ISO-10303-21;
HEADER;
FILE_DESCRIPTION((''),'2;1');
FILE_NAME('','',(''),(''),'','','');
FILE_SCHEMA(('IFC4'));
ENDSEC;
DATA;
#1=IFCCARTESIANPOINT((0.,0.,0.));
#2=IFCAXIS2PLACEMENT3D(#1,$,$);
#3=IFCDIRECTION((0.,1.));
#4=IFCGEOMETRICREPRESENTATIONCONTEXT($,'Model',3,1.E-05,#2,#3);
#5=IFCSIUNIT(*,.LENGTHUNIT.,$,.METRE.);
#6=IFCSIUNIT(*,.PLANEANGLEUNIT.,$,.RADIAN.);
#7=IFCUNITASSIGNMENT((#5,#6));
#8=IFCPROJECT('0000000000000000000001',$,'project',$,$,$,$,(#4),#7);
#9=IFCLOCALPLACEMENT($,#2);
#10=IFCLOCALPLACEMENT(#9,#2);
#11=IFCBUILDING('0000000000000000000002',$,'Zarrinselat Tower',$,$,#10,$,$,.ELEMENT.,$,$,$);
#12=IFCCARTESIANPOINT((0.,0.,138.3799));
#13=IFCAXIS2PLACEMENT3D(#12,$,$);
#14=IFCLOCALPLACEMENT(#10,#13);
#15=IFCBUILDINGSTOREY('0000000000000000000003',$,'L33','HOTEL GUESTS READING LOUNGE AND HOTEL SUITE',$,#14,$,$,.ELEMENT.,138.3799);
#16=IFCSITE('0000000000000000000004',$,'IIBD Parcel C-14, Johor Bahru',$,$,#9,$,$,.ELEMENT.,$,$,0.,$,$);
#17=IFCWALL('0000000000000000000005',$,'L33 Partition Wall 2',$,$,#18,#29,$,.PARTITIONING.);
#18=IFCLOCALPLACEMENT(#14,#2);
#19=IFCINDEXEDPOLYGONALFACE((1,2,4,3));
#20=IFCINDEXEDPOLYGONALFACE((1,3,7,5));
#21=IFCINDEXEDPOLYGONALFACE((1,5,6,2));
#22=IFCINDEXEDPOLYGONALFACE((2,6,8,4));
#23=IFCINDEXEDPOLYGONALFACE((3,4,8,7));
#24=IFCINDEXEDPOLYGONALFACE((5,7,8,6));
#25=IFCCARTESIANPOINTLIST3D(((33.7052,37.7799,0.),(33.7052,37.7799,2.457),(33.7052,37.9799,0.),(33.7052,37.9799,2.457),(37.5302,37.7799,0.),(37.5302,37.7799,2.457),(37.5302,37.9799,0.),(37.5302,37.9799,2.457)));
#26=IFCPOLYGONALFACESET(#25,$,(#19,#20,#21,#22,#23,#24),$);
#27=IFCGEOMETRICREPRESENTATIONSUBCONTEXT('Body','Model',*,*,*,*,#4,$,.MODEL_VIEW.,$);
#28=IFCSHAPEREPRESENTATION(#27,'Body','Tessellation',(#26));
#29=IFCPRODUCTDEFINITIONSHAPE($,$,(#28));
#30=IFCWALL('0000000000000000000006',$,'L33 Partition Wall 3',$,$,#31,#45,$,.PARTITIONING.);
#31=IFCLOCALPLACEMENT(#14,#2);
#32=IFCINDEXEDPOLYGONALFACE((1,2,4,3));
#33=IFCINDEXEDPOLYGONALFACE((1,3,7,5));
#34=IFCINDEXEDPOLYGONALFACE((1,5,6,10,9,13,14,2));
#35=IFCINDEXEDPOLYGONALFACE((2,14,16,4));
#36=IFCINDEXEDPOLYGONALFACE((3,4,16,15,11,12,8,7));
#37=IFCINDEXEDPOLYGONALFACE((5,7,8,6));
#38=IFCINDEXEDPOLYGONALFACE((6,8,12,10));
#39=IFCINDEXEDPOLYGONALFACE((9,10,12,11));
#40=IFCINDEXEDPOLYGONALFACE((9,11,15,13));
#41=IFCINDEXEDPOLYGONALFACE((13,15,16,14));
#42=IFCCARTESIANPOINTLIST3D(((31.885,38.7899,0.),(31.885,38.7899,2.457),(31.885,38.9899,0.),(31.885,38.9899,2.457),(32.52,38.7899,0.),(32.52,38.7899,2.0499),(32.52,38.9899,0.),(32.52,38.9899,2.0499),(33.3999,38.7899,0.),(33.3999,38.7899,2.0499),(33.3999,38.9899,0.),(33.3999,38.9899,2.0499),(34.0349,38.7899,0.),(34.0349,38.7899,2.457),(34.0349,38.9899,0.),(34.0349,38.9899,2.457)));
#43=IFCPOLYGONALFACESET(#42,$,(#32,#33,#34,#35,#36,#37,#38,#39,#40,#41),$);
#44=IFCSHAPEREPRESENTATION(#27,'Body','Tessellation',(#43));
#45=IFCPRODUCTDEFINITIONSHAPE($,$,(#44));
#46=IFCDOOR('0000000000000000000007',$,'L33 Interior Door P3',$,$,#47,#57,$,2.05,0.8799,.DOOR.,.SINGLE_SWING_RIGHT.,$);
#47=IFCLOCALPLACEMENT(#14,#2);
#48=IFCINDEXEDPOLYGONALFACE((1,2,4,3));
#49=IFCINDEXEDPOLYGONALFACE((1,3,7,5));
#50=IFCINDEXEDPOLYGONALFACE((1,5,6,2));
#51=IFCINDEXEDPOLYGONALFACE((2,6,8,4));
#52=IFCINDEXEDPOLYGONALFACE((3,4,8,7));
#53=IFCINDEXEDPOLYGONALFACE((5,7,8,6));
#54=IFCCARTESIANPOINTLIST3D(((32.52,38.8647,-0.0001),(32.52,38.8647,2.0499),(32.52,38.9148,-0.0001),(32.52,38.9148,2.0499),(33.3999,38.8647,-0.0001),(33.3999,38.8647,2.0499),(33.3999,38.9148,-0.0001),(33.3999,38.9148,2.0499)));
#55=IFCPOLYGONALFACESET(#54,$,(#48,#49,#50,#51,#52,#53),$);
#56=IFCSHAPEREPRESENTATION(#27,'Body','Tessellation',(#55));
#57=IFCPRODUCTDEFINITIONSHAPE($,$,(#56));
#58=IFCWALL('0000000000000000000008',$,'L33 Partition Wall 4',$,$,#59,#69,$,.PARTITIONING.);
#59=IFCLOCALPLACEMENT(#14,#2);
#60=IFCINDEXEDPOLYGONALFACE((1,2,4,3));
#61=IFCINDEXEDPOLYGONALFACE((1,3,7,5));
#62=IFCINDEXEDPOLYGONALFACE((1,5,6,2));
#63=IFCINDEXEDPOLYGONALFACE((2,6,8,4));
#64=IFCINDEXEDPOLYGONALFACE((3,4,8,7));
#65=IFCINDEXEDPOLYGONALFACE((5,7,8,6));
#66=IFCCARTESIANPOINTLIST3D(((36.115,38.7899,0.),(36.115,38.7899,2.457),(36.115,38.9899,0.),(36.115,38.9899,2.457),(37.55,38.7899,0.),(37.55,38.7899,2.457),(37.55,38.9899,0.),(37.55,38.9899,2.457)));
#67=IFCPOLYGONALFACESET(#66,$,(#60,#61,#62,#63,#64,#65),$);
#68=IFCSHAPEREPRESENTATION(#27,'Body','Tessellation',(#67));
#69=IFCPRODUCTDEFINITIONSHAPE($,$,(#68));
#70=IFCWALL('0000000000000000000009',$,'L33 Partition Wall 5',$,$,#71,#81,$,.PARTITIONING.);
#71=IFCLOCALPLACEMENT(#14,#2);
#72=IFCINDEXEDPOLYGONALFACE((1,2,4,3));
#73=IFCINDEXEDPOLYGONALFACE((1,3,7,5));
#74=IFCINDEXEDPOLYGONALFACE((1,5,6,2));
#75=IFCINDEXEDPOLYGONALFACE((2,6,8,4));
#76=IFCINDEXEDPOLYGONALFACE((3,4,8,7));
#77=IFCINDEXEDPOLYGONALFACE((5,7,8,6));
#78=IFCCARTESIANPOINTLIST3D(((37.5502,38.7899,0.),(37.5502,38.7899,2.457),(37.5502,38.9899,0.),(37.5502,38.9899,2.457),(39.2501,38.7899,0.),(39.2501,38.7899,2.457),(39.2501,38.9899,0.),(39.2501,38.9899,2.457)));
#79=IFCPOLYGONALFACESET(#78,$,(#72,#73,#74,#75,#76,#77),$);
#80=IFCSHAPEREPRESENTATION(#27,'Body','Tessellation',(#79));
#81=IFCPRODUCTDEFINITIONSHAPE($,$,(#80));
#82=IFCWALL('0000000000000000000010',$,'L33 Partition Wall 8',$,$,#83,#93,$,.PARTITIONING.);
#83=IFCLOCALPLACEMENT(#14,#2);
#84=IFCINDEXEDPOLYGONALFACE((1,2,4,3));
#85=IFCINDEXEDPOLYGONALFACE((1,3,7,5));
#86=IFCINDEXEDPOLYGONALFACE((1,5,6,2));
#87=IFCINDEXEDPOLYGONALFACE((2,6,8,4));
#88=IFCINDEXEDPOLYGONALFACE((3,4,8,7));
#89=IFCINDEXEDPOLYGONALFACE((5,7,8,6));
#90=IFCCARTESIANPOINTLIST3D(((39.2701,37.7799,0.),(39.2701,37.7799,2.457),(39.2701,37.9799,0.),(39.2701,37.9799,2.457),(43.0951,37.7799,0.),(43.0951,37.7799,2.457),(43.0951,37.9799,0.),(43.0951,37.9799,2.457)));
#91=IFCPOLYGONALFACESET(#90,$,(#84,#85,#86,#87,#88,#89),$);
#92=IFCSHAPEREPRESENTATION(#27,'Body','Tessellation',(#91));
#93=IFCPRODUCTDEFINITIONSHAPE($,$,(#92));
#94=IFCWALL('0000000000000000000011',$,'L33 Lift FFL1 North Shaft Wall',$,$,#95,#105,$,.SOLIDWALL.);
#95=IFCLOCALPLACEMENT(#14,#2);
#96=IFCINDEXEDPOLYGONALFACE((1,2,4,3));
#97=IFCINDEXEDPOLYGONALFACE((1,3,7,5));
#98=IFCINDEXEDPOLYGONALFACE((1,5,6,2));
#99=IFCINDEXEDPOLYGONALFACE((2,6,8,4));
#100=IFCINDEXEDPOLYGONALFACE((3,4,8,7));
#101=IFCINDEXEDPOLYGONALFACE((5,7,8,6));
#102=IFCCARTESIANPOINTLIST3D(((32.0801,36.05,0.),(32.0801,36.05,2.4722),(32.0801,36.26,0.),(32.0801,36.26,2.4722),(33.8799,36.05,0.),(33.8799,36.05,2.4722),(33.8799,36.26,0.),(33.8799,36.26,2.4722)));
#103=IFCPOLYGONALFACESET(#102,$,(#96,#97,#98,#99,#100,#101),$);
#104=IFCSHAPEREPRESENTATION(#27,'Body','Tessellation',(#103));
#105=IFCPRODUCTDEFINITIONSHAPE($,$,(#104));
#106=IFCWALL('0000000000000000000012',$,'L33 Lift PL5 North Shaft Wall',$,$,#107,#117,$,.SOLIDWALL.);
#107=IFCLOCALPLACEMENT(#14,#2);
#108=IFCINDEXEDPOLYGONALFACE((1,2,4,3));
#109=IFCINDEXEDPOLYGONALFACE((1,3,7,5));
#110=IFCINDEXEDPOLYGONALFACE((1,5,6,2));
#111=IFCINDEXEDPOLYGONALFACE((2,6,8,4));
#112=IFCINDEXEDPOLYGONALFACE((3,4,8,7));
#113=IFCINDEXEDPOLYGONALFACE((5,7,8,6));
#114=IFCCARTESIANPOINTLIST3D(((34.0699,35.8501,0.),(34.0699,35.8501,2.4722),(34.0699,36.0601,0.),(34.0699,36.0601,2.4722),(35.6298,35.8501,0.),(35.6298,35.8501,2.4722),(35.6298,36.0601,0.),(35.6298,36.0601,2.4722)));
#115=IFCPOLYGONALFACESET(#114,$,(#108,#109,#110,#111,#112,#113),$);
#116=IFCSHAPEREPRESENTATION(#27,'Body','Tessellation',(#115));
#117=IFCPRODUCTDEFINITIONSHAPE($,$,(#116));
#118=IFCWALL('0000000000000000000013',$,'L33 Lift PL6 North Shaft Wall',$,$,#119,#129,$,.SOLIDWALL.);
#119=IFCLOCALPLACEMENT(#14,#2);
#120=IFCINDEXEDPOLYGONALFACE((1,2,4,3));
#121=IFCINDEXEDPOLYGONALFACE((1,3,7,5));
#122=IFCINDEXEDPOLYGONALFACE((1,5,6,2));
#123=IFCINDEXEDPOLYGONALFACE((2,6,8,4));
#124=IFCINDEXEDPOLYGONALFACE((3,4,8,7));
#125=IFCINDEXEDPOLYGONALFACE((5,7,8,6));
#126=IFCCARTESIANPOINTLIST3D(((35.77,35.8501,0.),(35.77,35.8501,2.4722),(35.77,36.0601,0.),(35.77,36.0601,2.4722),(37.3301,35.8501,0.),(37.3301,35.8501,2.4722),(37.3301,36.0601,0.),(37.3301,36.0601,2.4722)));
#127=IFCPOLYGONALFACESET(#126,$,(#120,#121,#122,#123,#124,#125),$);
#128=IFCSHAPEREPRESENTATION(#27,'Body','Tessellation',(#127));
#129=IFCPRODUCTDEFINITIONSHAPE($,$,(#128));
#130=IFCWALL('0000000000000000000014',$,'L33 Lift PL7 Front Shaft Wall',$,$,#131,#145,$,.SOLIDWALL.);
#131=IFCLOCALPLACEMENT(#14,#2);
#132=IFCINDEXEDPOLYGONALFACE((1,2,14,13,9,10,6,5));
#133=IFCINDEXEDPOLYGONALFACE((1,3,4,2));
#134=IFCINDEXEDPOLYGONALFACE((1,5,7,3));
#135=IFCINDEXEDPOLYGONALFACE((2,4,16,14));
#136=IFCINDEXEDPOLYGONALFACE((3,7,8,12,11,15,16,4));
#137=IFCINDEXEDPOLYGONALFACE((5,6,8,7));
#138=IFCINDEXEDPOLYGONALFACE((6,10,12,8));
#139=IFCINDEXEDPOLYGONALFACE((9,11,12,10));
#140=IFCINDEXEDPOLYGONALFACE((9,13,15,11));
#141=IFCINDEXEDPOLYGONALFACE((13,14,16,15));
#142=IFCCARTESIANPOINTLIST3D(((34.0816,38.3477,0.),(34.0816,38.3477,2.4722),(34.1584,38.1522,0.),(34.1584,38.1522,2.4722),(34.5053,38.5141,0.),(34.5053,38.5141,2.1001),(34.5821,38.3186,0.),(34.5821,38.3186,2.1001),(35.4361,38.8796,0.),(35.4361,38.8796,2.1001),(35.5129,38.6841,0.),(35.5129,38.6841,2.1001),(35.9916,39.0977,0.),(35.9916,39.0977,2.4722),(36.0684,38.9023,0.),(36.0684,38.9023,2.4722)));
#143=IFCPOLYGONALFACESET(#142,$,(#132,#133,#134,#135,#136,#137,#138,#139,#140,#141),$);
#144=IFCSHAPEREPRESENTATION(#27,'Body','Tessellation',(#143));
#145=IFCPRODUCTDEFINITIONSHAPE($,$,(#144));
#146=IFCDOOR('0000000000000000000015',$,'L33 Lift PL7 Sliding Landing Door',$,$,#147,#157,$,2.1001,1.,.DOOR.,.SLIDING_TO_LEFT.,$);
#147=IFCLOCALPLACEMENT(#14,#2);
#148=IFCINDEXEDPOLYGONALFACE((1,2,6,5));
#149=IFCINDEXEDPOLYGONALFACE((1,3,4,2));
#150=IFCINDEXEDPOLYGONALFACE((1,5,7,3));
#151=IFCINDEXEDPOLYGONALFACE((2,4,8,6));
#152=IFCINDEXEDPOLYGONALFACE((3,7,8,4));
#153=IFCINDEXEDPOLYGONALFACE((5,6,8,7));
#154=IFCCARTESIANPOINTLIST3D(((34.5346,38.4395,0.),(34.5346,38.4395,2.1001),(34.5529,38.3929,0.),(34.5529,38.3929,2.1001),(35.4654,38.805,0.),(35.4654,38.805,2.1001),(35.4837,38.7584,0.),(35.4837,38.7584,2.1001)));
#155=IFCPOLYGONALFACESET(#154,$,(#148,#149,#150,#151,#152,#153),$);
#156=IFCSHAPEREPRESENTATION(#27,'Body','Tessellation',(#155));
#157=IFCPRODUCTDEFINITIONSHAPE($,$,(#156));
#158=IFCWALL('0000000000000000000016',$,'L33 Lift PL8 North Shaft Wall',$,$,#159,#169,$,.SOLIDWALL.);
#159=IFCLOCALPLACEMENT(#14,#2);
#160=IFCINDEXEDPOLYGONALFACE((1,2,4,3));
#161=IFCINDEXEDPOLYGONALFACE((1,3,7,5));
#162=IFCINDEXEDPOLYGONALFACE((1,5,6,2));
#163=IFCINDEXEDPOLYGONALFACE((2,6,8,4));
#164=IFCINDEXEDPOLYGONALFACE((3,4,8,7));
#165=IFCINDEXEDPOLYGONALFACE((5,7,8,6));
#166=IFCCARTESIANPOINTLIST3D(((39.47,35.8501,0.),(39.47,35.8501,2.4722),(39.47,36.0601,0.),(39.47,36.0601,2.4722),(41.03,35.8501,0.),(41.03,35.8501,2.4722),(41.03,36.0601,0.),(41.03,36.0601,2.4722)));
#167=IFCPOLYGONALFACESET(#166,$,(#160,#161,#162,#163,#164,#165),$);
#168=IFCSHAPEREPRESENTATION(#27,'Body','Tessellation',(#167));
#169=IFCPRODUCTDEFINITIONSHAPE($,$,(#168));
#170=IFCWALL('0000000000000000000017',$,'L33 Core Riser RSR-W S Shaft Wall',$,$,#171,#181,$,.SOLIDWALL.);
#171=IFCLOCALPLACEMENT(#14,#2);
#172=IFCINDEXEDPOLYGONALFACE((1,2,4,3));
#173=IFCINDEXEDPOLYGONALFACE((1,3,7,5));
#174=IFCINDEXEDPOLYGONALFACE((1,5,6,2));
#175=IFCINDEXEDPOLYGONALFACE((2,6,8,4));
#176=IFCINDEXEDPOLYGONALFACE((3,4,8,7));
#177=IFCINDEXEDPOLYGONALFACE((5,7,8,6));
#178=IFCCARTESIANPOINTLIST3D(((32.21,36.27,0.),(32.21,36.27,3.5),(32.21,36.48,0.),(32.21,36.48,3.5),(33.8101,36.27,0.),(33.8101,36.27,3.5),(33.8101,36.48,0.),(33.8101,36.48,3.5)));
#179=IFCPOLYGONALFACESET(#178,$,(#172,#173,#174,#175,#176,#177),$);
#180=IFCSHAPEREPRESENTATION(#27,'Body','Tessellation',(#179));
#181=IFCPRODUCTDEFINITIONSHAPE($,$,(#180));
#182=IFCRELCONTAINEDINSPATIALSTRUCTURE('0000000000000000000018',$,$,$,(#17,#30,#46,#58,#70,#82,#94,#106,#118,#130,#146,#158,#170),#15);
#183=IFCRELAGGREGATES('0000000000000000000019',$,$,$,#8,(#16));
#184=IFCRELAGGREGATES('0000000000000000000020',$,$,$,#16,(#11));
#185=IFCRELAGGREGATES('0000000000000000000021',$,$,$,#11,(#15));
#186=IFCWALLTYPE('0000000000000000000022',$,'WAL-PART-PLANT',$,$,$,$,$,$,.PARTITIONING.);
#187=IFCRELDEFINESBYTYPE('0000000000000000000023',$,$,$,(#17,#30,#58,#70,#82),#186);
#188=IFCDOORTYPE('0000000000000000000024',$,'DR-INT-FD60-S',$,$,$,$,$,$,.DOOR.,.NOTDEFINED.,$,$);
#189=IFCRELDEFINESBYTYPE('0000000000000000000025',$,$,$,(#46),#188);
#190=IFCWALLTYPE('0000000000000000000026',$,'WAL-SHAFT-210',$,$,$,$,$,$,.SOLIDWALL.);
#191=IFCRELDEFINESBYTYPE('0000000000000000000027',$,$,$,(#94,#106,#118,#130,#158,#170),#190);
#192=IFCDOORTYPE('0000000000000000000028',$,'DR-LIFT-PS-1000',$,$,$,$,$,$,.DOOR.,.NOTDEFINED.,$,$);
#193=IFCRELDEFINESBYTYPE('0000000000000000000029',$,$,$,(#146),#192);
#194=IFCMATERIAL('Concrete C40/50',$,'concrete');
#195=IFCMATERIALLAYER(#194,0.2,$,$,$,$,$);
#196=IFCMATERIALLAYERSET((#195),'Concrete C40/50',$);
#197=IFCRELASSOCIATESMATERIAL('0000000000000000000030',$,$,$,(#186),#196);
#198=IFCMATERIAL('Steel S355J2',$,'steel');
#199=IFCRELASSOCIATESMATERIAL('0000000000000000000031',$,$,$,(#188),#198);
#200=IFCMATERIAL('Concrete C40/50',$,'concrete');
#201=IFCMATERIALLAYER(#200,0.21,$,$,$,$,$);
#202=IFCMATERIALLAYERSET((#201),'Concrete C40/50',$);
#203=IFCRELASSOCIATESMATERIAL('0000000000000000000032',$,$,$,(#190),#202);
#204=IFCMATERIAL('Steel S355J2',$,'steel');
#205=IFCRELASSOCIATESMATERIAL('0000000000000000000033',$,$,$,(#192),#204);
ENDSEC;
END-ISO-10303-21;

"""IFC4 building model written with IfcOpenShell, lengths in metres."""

from ifc_helpers import new_model, si_unit, direction, frame, frame_2d, origin, place, context, subcontext, project, spatial, rectangle, extrude, material, layer, layer_set, type_object, element, fill, save


model = new_model("IFC4")

# Units and contexts
model_context = context("Model", 3, precision=1e-05, world=origin(), true_north=direction((0.0, 1.0)))
body_context = subcontext(model_context, "Body", "Model", "MODEL_VIEW")
ifc_project = project(units=[si_unit("LENGTHUNIT", "METRE"), si_unit("PLANEANGLEUNIT", "RADIAN")], contexts=[model_context])

# Site, building, storey
site_placement = place(None, origin())
site = spatial("IfcSite", under=ifc_project, at=site_placement, Name="IIBD Parcel C-14, Johor Bahru", CompositionType="ELEMENT", RefElevation=0.0)
building_placement = place(site_placement, origin())
building = spatial("IfcBuilding", under=site, at=building_placement, Name="Zarrinselat Tower", CompositionType="ELEMENT")
storey_placement = place(building_placement, frame((0.0, 0.0, 138.3799)))
storey = spatial("IfcBuildingStorey", under=building, at=storey_placement, Name="L33", Description="HOTEL GUESTS READING LOUNGE AND HOTEL SUITE", CompositionType="ELEMENT", Elevation=138.3799)

# Wall
ifc_material_1 = material(Name="Concrete C40/50", Category="concrete")
ifc_layer_1 = layer(ifc_material_1, 0.2)
ifc_layer_set_1 = layer_set([ifc_layer_1], Name="Concrete C40/50")
wall_type_1 = type_object("IfcWallType", Name="WAL-PART-PLANT", PredefinedType="PARTITIONING", material=ifc_layer_set_1)
wall_1_placement = place(storey_placement, frame((33.7051, 37.8799, 0.0), z_axis=(0.0, 0.0, 1.0), x_axis=(1.0, 0.0, 0.0)))
element("IfcWall", 1, at=wall_1_placement, inside=storey, type_object=wall_type_1, Name="L33 Partition Wall 2", PredefinedType="PARTITIONING", context=body_context, shape_type="SweptSolid", body=[
    extrude(rectangle(XDim=3.825, YDim=0.2, at=frame_2d((1.9126, 0.0))), origin(), (0.0, 0.0, 1.0), 2.457),
])

# Wall, opening, door
wall_2_placement = place(storey_placement, frame((31.885, 38.8899, 0.0), z_axis=(0.0, 0.0, 1.0), x_axis=(1.0, 0.0, 0.0)))
wall_2 = element("IfcWall", 2, at=wall_2_placement, inside=storey, type_object=wall_type_1, Name="L33 Partition Wall 3", PredefinedType="PARTITIONING", context=body_context, shape_type="SweptSolid", body=[
    extrude(rectangle(XDim=2.1499, YDim=0.2, at=frame_2d((1.075, 0.0))), origin(), (0.0, 0.0, 1.0), 2.457),
])
opening_1_placement = place(wall_2_placement, frame((0.635, 0.0, 0.0)))
opening_1 = element("IfcOpeningElement", 3, at=opening_1_placement, cuts=wall_2, PredefinedType="OPENING", context=body_context, shape_type="SweptSolid", body=[
    extrude(rectangle(XDim=0.8799, YDim=2.05, at=frame_2d((0.4399, 1.0249))), frame((0.0, 0.1099, 0.0), z_axis=(0.0, -1.0, 0.0), x_axis=(1.0, 0.0, 0.0)), (0.0, 0.0, 1.0), 0.22),
])
ifc_material_2 = material(Name="Steel S355J2", Category="steel")
door_type_1 = type_object("IfcDoorType", Name="DR-INT-FD60-S", OperationType="NOTDEFINED", PredefinedType="DOOR", material=ifc_material_2)
door_1_placement = place(opening_1_placement, origin())
door_1 = element("IfcDoor", 4, at=door_1_placement, inside=storey, type_object=door_type_1, Name="L33 Interior Door P3", OperationType="SINGLE_SWING_RIGHT", OverallHeight=2.05, OverallWidth=0.8799, PredefinedType="DOOR", context=body_context, shape_type="SweptSolid", body=[
    extrude(rectangle(XDim=0.8799, YDim=2.05, at=frame_2d((0.4399, 1.0249))), frame((0.0, 0.0249, 0.0), z_axis=(0.0, -1.0, 0.0), x_axis=(1.0, 0.0, 0.0)), (0.0, 0.0, 1.0), 0.05),
])
fill(opening_1, door_1)

# Walls
wall_3_placement = place(storey_placement, frame((36.115, 38.8899, 0.0), z_axis=(0.0, 0.0, 1.0), x_axis=(1.0, 0.0, 0.0)))
element("IfcWall", 5, at=wall_3_placement, inside=storey, type_object=wall_type_1, Name="L33 Partition Wall 4", PredefinedType="PARTITIONING", context=body_context, shape_type="SweptSolid", body=[
    extrude(rectangle(XDim=1.4351, YDim=0.2, at=frame_2d((0.7175, 0.0))), origin(), (0.0, 0.0, 1.0), 2.457),
])
wall_4_placement = place(storey_placement, frame((37.55, 38.8899, 0.0), z_axis=(0.0, 0.0, 1.0), x_axis=(1.0, 0.0, 0.0)))
element("IfcWall", 6, at=wall_4_placement, inside=storey, type_object=wall_type_1, Name="L33 Partition Wall 5", PredefinedType="PARTITIONING", context=body_context, shape_type="SweptSolid", body=[
    extrude(rectangle(XDim=1.7, YDim=0.2, at=frame_2d((0.8501, 0.0))), origin(), (0.0, 0.0, 1.0), 2.457),
])
wall_5_placement = place(storey_placement, frame((39.27, 37.8799, 0.0), z_axis=(0.0, 0.0, 1.0), x_axis=(1.0, 0.0, 0.0)))
element("IfcWall", 7, at=wall_5_placement, inside=storey, type_object=wall_type_1, Name="L33 Partition Wall 8", PredefinedType="PARTITIONING", context=body_context, shape_type="SweptSolid", body=[
    extrude(rectangle(XDim=3.825, YDim=0.2, at=frame_2d((1.9126, 0.0))), origin(), (0.0, 0.0, 1.0), 2.457),
])
ifc_material_3 = material(Name="Concrete C40/50", Category="concrete")
ifc_layer_2 = layer(ifc_material_3, 0.21)
ifc_layer_set_2 = layer_set([ifc_layer_2], Name="Concrete C40/50")
wall_type_2 = type_object("IfcWallType", Name="WAL-SHAFT-210", PredefinedType="SOLIDWALL", material=ifc_layer_set_2)
wall_6_placement = place(storey_placement, frame((32.0801, 36.155, 0.0), z_axis=(0.0, 0.0, 1.0), x_axis=(1.0, 0.0, 0.0)))
element("IfcWall", 8, at=wall_6_placement, inside=storey, type_object=wall_type_2, Name="L33 Lift FFL1 North Shaft Wall", PredefinedType="SOLIDWALL", context=body_context, shape_type="SweptSolid", body=[
    extrude(rectangle(XDim=1.7998, YDim=0.21, at=frame_2d((0.8999, 0.0))), origin(), (0.0, 0.0, 1.0), 2.4722),
])
wall_7_placement = place(storey_placement, frame((34.0701, 35.9551, 0.0), z_axis=(0.0, 0.0, 1.0), x_axis=(1.0, 0.0, 0.0)))
element("IfcWall", 9, at=wall_7_placement, inside=storey, type_object=wall_type_2, Name="L33 Lift PL5 North Shaft Wall", PredefinedType="SOLIDWALL", context=body_context, shape_type="SweptSolid", body=[
    extrude(rectangle(XDim=1.5598, YDim=0.21, at=frame_2d((0.7798, 0.0))), origin(), (0.0, 0.0, 1.0), 2.4722),
])
wall_8_placement = place(storey_placement, frame((35.77, 35.9551, 0.0), z_axis=(0.0, 0.0, 1.0), x_axis=(1.0, 0.0, 0.0)))
element("IfcWall", 10, at=wall_8_placement, inside=storey, type_object=wall_type_2, Name="L33 Lift PL6 North Shaft Wall", PredefinedType="SOLIDWALL", context=body_context, shape_type="SweptSolid", body=[
    extrude(rectangle(XDim=1.5601, YDim=0.21, at=frame_2d((0.78, 0.0))), origin(), (0.0, 0.0, 1.0), 2.4722),
])

# Wall, opening, door
wall_9_placement = place(storey_placement, frame((34.1201, 38.25, 0.0), z_axis=(0.0, 0.0, 1.0), x_axis=(0.930805, 0.365516, 0.0)))
wall_9 = element("IfcWall", 11, at=wall_9_placement, inside=storey, type_object=wall_type_2, Name="L33 Lift PL7 Front Shaft Wall", PredefinedType="SOLIDWALL", context=body_context, shape_type="SweptSolid", body=[
    extrude(rectangle(XDim=2.052, YDim=0.21, at=frame_2d((1.0259, 0.0))), origin(), (0.0, 0.0, 1.0), 2.4722),
])
opening_2_placement = place(wall_9_placement, frame((0.4551, 0.0, 0.0)))
opening_2 = element("IfcOpeningElement", 12, at=opening_2_placement, cuts=wall_9, PredefinedType="OPENING", context=body_context, shape_type="SweptSolid", body=[
    extrude(rectangle(XDim=1.0, YDim=2.1001, at=frame_2d((0.5, 1.05))), frame((0.0, 0.115, 0.0), z_axis=(0.0, -1.0, 0.0), x_axis=(1.0, 0.0, 0.0)), (0.0, 0.0, 1.0), 0.23),
])
ifc_material_4 = material(Name="Steel S355J2", Category="steel")
door_type_2 = type_object("IfcDoorType", Name="DR-LIFT-PS-1000", OperationType="NOTDEFINED", PredefinedType="DOOR", material=ifc_material_4)
door_2_placement = place(opening_2_placement, origin())
door_2 = element("IfcDoor", 13, at=door_2_placement, inside=storey, type_object=door_type_2, Name="L33 Lift PL7 Sliding Landing Door", OperationType="SLIDING_TO_LEFT", OverallHeight=2.1001, OverallWidth=1.0, PredefinedType="DOOR", context=body_context, shape_type="SweptSolid", body=[
    extrude(rectangle(XDim=1.0, YDim=2.1001, at=frame_2d((0.5, 1.05))), frame((0.0, 0.0249, 0.0), z_axis=(0.0, -1.0, 0.0), x_axis=(1.0, 0.0, 0.0)), (0.0, 0.0, 1.0), 0.05),
])
fill(opening_2, door_2)

# Walls
wall_10_placement = place(storey_placement, frame((39.47, 35.9551, 0.0), z_axis=(0.0, 0.0, 1.0), x_axis=(1.0, 0.0, 0.0)))
element("IfcWall", 14, at=wall_10_placement, inside=storey, type_object=wall_type_2, Name="L33 Lift PL8 North Shaft Wall", PredefinedType="SOLIDWALL", context=body_context, shape_type="SweptSolid", body=[
    extrude(rectangle(XDim=1.5601, YDim=0.21, at=frame_2d((0.78, 0.0))), origin(), (0.0, 0.0, 1.0), 2.4722),
])
for number, where, z_axis, x_axis, name in (
    (15, (32.21, 36.375, 0.0), (0.0, 0.0, 1.0), (1.0, 0.0, 0.0), "L33 Core Riser RSR-W S Shaft Wall"),
):
    element("IfcWall", number, at=place(storey_placement, frame(where, z_axis=z_axis, x_axis=x_axis)), inside=storey, type_object=wall_type_2, Name=name, PredefinedType="SOLIDWALL", context=body_context, shape_type="SweptSolid", body=[
        extrude(rectangle(XDim=1.6001, YDim=0.21, at=frame_2d((0.8, 0.0))), origin(), (0.0, 0.0, 1.0), 3.5),
    ])

save(model, "model.ifc")
